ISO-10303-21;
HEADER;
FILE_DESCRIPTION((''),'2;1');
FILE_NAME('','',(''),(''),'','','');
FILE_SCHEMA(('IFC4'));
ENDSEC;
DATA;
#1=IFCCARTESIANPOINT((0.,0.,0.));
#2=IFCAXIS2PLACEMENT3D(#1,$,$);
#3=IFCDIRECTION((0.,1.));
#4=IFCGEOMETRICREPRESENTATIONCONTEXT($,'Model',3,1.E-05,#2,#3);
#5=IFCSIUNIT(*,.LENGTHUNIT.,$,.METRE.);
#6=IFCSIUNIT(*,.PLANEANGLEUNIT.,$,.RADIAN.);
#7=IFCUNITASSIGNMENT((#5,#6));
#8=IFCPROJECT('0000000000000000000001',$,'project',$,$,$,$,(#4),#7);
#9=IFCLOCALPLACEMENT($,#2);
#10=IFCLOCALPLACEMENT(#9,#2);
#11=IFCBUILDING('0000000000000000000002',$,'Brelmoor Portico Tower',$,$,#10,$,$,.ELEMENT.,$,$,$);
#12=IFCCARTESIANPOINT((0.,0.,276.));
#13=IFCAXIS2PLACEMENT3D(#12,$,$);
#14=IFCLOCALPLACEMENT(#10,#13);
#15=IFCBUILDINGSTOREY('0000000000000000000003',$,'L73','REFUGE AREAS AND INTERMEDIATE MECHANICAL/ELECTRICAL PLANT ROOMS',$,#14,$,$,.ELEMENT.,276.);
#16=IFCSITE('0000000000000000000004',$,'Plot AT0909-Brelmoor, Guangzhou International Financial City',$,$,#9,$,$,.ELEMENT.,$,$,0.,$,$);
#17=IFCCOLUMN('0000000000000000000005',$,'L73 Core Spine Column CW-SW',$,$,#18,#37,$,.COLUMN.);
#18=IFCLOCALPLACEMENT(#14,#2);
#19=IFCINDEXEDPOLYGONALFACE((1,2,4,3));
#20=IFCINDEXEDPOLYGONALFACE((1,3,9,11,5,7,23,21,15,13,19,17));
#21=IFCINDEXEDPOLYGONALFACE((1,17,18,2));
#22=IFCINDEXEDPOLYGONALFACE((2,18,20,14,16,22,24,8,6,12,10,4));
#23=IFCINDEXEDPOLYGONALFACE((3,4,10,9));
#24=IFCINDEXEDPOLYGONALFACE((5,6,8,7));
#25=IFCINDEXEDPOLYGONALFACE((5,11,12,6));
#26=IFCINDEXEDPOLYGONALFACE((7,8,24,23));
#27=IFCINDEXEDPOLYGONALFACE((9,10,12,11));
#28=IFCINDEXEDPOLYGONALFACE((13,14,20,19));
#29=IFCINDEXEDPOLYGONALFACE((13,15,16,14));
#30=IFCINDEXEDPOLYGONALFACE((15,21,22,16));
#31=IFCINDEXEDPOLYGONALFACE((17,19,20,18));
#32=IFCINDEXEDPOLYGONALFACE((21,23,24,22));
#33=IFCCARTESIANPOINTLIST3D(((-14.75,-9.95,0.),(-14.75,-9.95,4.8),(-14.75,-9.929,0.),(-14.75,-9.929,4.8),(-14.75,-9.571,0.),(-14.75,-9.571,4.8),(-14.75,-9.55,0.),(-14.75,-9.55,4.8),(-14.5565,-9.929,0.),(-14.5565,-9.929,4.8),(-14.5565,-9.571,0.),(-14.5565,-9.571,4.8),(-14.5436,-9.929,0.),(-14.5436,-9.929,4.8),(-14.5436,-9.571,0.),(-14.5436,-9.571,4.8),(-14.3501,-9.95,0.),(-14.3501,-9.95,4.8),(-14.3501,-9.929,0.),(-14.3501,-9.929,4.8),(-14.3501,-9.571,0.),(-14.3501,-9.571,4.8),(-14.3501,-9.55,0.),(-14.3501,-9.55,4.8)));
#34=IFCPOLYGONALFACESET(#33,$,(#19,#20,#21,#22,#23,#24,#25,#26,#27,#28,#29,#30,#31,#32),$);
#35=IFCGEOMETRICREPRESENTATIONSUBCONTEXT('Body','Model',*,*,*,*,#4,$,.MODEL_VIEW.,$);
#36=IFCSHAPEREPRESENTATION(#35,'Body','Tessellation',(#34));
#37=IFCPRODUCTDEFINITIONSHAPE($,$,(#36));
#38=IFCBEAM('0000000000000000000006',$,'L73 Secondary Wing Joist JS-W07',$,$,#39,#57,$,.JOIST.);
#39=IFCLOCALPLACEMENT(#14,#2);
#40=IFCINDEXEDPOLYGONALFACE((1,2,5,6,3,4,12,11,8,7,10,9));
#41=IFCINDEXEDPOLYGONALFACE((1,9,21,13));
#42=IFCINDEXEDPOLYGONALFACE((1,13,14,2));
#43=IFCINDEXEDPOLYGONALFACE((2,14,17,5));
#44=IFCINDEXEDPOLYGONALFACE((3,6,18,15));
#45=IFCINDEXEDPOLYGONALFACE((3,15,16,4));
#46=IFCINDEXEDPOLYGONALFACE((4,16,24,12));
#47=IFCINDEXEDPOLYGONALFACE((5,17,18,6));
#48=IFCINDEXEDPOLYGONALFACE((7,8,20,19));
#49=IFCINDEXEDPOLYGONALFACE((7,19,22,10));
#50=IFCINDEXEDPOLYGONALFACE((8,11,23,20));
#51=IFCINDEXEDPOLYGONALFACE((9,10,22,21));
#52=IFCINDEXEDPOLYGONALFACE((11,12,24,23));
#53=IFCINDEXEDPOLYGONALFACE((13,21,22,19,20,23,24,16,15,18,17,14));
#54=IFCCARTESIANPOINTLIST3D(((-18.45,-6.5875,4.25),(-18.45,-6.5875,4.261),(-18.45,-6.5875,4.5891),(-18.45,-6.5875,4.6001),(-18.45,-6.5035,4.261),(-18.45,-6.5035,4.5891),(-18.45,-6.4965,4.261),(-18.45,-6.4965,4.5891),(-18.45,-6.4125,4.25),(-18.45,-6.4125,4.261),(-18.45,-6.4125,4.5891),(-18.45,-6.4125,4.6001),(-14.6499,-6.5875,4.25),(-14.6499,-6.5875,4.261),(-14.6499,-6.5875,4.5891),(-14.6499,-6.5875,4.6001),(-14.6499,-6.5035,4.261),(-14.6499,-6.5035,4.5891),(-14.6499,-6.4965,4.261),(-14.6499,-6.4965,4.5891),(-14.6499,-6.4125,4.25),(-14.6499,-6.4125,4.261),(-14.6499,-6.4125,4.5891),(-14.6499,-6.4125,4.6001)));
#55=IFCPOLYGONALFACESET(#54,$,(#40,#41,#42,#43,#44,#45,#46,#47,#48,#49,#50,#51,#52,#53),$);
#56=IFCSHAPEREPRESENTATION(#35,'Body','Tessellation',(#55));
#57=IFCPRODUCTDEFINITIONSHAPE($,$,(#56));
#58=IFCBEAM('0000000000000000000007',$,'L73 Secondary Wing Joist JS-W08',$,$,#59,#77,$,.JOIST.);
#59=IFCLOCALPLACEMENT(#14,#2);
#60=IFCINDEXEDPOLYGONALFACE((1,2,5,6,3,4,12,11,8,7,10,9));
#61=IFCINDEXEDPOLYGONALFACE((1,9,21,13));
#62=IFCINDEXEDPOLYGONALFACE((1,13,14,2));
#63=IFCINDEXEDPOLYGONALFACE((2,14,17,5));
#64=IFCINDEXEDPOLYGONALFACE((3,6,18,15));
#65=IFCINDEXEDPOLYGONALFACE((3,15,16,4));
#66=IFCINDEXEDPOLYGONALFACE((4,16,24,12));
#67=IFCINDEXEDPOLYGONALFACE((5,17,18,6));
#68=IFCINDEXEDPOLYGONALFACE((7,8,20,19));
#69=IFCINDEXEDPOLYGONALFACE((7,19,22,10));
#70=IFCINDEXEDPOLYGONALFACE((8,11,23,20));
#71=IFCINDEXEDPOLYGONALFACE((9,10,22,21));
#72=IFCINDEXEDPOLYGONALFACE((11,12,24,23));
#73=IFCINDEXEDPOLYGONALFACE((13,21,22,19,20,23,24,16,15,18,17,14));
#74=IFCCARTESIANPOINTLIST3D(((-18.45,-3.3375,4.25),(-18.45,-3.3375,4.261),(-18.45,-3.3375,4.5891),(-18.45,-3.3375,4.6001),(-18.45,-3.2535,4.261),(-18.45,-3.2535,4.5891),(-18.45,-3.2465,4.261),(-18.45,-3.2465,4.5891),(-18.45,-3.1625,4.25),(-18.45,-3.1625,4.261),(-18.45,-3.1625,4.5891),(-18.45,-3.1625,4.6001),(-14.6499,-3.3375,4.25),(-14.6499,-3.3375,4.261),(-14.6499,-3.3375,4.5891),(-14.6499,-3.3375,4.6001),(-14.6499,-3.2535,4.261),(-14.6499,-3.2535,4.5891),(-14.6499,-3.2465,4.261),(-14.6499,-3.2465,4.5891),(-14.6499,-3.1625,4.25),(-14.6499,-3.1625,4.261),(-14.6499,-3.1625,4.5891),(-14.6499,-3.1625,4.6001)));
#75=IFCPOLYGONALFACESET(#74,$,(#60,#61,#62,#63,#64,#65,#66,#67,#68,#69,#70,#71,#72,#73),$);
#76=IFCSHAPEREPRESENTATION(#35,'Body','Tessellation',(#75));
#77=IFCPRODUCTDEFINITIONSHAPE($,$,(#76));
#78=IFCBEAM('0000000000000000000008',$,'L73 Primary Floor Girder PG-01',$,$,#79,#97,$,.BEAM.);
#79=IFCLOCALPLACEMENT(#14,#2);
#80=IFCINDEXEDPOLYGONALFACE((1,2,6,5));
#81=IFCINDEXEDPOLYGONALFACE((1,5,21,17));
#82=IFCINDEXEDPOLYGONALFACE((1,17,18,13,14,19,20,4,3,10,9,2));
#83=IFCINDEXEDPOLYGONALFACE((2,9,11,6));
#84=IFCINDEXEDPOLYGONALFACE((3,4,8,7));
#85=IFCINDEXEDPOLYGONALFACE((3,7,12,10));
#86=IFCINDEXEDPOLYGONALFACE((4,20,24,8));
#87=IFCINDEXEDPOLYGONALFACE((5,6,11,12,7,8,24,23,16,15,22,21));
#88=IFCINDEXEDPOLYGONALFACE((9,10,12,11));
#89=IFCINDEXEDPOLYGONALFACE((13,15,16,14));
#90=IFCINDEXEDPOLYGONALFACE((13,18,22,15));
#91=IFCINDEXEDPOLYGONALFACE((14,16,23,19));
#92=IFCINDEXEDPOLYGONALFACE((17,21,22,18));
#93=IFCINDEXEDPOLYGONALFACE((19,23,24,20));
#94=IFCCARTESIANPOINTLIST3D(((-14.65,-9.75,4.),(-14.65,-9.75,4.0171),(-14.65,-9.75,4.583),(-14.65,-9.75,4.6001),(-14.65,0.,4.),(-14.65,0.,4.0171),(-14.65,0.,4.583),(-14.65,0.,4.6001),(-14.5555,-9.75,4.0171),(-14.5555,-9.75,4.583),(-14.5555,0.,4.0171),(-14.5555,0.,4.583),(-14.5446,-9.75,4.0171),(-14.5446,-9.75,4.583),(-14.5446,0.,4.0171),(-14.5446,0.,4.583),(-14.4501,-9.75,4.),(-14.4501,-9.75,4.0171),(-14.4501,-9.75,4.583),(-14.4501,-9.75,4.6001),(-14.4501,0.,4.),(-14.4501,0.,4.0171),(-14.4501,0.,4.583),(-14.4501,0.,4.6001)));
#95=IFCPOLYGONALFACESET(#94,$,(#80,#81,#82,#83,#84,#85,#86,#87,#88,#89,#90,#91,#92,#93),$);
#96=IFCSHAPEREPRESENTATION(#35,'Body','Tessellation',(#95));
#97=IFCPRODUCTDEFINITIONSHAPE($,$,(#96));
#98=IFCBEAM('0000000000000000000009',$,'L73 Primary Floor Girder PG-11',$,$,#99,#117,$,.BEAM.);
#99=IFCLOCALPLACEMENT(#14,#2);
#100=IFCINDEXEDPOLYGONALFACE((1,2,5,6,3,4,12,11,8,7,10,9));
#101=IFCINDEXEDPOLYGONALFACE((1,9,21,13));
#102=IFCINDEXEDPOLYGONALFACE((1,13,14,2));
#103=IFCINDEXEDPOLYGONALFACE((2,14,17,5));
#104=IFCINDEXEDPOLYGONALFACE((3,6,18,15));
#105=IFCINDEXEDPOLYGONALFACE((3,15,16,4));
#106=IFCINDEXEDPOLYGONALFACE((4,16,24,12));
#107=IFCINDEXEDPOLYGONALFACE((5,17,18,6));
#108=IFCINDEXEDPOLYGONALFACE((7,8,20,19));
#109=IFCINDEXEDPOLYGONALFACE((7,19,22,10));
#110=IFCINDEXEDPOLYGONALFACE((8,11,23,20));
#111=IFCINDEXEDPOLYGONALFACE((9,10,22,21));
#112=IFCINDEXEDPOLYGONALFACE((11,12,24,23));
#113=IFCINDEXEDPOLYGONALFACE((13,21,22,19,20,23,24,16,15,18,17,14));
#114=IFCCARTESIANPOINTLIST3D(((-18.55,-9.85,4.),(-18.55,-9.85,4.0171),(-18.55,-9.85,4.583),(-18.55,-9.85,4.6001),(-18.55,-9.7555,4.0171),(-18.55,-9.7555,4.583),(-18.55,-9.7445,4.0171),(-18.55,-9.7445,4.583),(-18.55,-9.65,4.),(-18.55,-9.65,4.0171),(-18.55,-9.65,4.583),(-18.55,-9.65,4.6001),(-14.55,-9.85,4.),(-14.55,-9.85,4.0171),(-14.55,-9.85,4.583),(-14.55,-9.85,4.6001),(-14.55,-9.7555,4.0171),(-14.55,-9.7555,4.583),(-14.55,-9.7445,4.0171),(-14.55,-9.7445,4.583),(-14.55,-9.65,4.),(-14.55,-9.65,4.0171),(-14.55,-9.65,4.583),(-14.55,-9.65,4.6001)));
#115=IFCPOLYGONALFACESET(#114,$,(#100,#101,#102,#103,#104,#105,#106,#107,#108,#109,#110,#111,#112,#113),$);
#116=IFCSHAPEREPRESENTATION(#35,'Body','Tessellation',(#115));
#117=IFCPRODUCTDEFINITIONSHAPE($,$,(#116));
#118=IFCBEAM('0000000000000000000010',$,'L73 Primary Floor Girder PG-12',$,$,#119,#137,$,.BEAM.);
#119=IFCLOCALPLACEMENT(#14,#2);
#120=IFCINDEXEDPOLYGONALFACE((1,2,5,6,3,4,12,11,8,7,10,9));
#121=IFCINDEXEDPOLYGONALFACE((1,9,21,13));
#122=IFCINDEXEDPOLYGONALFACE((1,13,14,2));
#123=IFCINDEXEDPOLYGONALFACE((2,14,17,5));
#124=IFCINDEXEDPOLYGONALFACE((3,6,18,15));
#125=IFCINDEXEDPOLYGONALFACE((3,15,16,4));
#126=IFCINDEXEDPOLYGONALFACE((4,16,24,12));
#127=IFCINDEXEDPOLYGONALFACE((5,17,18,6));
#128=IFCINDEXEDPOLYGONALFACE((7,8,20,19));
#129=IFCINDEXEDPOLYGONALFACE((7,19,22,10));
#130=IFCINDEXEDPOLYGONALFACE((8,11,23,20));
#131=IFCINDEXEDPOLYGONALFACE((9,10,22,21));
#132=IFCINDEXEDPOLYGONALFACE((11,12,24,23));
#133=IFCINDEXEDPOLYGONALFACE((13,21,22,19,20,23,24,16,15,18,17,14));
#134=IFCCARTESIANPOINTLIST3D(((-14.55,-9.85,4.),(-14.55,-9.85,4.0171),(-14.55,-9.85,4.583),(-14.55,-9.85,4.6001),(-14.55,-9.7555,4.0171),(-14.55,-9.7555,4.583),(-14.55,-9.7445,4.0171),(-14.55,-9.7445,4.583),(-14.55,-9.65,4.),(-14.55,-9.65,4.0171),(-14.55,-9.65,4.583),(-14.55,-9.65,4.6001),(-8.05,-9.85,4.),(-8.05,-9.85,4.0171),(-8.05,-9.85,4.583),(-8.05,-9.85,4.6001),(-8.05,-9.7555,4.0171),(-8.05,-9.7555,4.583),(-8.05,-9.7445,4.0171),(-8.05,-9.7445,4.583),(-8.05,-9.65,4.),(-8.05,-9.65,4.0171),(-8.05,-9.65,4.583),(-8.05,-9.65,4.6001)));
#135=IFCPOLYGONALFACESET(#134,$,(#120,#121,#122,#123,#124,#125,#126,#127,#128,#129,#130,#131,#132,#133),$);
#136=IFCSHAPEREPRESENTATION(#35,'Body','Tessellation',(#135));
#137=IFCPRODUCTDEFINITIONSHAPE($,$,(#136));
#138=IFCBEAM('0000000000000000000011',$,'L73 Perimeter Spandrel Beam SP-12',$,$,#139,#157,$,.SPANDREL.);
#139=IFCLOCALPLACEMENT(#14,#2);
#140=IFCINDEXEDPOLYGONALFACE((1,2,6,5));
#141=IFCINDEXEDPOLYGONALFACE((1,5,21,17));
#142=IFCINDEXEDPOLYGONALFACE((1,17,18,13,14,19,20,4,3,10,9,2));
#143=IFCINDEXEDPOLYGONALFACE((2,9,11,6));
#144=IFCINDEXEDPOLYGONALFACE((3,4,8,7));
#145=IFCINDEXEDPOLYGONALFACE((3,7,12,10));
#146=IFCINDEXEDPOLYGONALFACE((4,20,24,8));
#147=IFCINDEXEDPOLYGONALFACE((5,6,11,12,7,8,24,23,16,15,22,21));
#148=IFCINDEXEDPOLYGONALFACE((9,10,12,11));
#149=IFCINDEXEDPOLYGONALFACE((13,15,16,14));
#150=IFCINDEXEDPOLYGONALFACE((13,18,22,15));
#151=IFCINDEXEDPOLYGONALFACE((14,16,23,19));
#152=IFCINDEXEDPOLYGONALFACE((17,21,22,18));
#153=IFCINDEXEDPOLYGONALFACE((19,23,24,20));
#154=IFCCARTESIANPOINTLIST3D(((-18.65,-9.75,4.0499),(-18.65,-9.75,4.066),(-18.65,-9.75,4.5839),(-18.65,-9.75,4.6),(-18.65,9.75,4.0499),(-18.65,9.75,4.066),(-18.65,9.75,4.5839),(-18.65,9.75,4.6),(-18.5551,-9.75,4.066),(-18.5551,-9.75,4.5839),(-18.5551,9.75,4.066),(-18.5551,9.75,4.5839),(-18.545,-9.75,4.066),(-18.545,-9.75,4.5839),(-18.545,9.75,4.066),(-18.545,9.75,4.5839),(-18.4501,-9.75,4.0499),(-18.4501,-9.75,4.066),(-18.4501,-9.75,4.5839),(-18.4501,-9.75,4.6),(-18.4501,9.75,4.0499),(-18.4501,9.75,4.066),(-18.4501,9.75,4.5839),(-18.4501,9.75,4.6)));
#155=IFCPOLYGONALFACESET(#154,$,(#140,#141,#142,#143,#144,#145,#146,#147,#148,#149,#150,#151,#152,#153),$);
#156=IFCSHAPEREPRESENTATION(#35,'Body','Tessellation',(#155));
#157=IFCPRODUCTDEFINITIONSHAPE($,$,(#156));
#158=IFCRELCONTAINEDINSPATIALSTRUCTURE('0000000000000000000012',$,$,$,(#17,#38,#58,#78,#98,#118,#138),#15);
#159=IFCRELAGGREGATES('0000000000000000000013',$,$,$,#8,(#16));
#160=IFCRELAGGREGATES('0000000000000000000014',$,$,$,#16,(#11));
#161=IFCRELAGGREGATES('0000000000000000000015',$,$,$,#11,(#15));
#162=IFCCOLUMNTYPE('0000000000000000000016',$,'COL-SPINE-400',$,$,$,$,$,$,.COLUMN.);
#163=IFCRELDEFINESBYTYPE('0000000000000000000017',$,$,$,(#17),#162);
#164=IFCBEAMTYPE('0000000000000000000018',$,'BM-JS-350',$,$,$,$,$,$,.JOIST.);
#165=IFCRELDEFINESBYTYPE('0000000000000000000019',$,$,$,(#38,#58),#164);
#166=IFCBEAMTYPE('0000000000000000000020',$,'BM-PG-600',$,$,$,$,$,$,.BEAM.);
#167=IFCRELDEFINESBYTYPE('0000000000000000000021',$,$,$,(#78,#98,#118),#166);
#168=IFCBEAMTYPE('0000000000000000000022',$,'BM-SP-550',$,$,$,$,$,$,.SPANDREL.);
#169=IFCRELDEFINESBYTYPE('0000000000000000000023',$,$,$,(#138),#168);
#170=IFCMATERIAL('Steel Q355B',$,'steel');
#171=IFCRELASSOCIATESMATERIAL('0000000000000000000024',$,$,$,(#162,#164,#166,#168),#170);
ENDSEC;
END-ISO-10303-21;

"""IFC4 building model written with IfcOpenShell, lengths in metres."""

from ifc_helpers import new_model, si_unit, direction, frame, origin, origin_2d, place, context, subcontext, project, spatial, i_section, extrude, material, material_profile, profile_set, type_object, element, save


model = new_model("IFC4")

# Units and contexts
model_context = context("Model", 3, precision=1e-05, world=origin(), true_north=direction((0.0, 1.0)))
body_context = subcontext(model_context, "Body", "Model", "MODEL_VIEW")
ifc_project = project(units=[si_unit("LENGTHUNIT", "METRE"), si_unit("PLANEANGLEUNIT", "RADIAN")], contexts=[model_context])

# Site, building, storey
site_placement = place(None, origin())
site = spatial("IfcSite", under=ifc_project, at=site_placement, Name="Plot AT0909-Brelmoor, Guangzhou International Financial City", CompositionType="ELEMENT", RefElevation=0.0)
building_placement = place(site_placement, origin())
building = spatial("IfcBuilding", under=site, at=building_placement, Name="Brelmoor Portico Tower", CompositionType="ELEMENT")
storey_placement = place(building_placement, frame((0.0, 0.0, 276.0)))
storey = spatial("IfcBuildingStorey", under=building, at=storey_placement, Name="L73", Description="REFUGE AREAS AND INTERMEDIATE MECHANICAL/ELECTRICAL PLANT ROOMS", CompositionType="ELEMENT", Elevation=276.0)

# Column
ifc_material_1 = material(Name="Steel Q355B", Category="steel")
ifc_material_profile_1 = material_profile(ifc_material_1, i_section(OverallWidth=0.3999, OverallDepth=0.3999, WebThickness=0.0129, FlangeThickness=0.021, at=origin_2d()), Name="HW 400x400x13x21")
ifc_profile_set_1 = profile_set([ifc_material_profile_1], Name="Steel Q355B")
column_type = type_object("IfcColumnType", Name="COL-SPINE-400", PredefinedType="COLUMN", material=ifc_profile_set_1)
column_placement = place(storey_placement, frame((-14.55, -9.75, 0.0), z_axis=(0.0, 0.0, 1.0), x_axis=(1.0, 0.0, 0.0)))
element("IfcColumn", 1, at=column_placement, inside=storey, type_object=column_type, Name="L73 Core Spine Column CW-SW", PredefinedType="COLUMN", context=body_context, shape_type="SweptSolid", body=[
    extrude(i_section(OverallWidth=0.3999, OverallDepth=0.3999, WebThickness=0.0129, FlangeThickness=0.021, at=origin_2d()), origin(), (0.0, 0.0, 1.0), 4.8),
])

# Beams
ifc_material_profile_2 = material_profile(ifc_material_1, i_section(OverallWidth=0.175, OverallDepth=0.3501, WebThickness=0.0071, FlangeThickness=0.011, at=origin_2d()), Name="HN 350x175x7x11")
ifc_profile_set_2 = profile_set([ifc_material_profile_2], Name="Steel Q355B")
beam_type_1 = type_object("IfcBeamType", Name="BM-JS-350", PredefinedType="JOIST", material=ifc_profile_set_2)
for number, where, z_axis, x_axis, name in (
    (2, (-18.45, -6.5, 4.425), (1.0, 0.0, 0.0), (0.0, 1.0, 0.0), "L73 Secondary Wing Joist JS-W07"),
    (3, (-18.45, -3.25, 4.425), (1.0, 0.0, 0.0), (0.0, 1.0, 0.0), "L73 Secondary Wing Joist JS-W08"),
):
    element("IfcBeam", number, at=place(storey_placement, frame(where, z_axis=z_axis, x_axis=x_axis)), inside=storey, type_object=beam_type_1, Name=name, PredefinedType="JOIST", context=body_context, shape_type="SweptSolid", body=[
        extrude(i_section(OverallWidth=0.175, OverallDepth=0.3501, WebThickness=0.0071, FlangeThickness=0.011, at=origin_2d()), origin(), (0.0, 0.0, 1.0), 3.8),
    ])
ifc_material_profile_3 = material_profile(ifc_material_1, i_section(OverallWidth=0.2, OverallDepth=0.6001, WebThickness=0.011, FlangeThickness=0.0171, at=origin_2d()), Name="HN 600x200x11x17")
ifc_profile_set_3 = profile_set([ifc_material_profile_3], Name="Steel Q355B")
beam_type_2 = type_object("IfcBeamType", Name="BM-PG-600", PredefinedType="BEAM", material=ifc_profile_set_3)
beam_1_placement = place(storey_placement, frame((-14.55, -9.75, 4.3), z_axis=(0.0, 1.0, 0.0), x_axis=(-1.0, 0.0, 0.0)))
element("IfcBeam", 4, at=beam_1_placement, inside=storey, type_object=beam_type_2, Name="L73 Primary Floor Girder PG-01", PredefinedType="BEAM", context=body_context, shape_type="SweptSolid", body=[
    extrude(i_section(OverallWidth=0.2, OverallDepth=0.6001, WebThickness=0.011, FlangeThickness=0.0171, at=origin_2d()), origin(), (0.0, 0.0, 1.0), 9.75),
])
beam_2_placement = place(storey_placement, frame((-18.55, -9.75, 4.3), z_axis=(1.0, 0.0, 0.0), x_axis=(0.0, 1.0, 0.0)))
element("IfcBeam", 5, at=beam_2_placement, inside=storey, type_object=beam_type_2, Name="L73 Primary Floor Girder PG-11", PredefinedType="BEAM", context=body_context, shape_type="SweptSolid", body=[
    extrude(i_section(OverallWidth=0.2, OverallDepth=0.6001, WebThickness=0.011, FlangeThickness=0.0171, at=origin_2d()), origin(), (0.0, 0.0, 1.0), 4.0),
])
beam_3_placement = place(storey_placement, frame((-14.55, -9.75, 4.3), z_axis=(1.0, 0.0, 0.0), x_axis=(0.0, 1.0, 0.0)))
element("IfcBeam", 6, at=beam_3_placement, inside=storey, type_object=beam_type_2, Name="L73 Primary Floor Girder PG-12", PredefinedType="BEAM", context=body_context, shape_type="SweptSolid", body=[
    extrude(i_section(OverallWidth=0.2, OverallDepth=0.6001, WebThickness=0.011, FlangeThickness=0.0171, at=origin_2d()), origin(), (0.0, 0.0, 1.0), 6.5),
])
ifc_material_profile_4 = material_profile(ifc_material_1, i_section(OverallWidth=0.2, OverallDepth=0.55, WebThickness=0.01, FlangeThickness=0.0161, at=origin_2d()), Name="HN 550x200x10x16")
ifc_profile_set_4 = profile_set([ifc_material_profile_4], Name="Steel Q355B")
beam_type_3 = type_object("IfcBeamType", Name="BM-SP-550", PredefinedType="SPANDREL", material=ifc_profile_set_4)
beam_4_placement = place(storey_placement, frame((-18.55, -9.75, 4.325), z_axis=(0.0, 1.0, 0.0), x_axis=(-1.0, 0.0, 0.0)))
element("IfcBeam", 7, at=beam_4_placement, inside=storey, type_object=beam_type_3, Name="L73 Perimeter Spandrel Beam SP-12", PredefinedType="SPANDREL", context=body_context, shape_type="SweptSolid", body=[
    extrude(i_section(OverallWidth=0.2, OverallDepth=0.55, WebThickness=0.01, FlangeThickness=0.0161, at=origin_2d()), origin(), (0.0, 0.0, 1.0), 19.5),
])

save(model, "model.ifc")
